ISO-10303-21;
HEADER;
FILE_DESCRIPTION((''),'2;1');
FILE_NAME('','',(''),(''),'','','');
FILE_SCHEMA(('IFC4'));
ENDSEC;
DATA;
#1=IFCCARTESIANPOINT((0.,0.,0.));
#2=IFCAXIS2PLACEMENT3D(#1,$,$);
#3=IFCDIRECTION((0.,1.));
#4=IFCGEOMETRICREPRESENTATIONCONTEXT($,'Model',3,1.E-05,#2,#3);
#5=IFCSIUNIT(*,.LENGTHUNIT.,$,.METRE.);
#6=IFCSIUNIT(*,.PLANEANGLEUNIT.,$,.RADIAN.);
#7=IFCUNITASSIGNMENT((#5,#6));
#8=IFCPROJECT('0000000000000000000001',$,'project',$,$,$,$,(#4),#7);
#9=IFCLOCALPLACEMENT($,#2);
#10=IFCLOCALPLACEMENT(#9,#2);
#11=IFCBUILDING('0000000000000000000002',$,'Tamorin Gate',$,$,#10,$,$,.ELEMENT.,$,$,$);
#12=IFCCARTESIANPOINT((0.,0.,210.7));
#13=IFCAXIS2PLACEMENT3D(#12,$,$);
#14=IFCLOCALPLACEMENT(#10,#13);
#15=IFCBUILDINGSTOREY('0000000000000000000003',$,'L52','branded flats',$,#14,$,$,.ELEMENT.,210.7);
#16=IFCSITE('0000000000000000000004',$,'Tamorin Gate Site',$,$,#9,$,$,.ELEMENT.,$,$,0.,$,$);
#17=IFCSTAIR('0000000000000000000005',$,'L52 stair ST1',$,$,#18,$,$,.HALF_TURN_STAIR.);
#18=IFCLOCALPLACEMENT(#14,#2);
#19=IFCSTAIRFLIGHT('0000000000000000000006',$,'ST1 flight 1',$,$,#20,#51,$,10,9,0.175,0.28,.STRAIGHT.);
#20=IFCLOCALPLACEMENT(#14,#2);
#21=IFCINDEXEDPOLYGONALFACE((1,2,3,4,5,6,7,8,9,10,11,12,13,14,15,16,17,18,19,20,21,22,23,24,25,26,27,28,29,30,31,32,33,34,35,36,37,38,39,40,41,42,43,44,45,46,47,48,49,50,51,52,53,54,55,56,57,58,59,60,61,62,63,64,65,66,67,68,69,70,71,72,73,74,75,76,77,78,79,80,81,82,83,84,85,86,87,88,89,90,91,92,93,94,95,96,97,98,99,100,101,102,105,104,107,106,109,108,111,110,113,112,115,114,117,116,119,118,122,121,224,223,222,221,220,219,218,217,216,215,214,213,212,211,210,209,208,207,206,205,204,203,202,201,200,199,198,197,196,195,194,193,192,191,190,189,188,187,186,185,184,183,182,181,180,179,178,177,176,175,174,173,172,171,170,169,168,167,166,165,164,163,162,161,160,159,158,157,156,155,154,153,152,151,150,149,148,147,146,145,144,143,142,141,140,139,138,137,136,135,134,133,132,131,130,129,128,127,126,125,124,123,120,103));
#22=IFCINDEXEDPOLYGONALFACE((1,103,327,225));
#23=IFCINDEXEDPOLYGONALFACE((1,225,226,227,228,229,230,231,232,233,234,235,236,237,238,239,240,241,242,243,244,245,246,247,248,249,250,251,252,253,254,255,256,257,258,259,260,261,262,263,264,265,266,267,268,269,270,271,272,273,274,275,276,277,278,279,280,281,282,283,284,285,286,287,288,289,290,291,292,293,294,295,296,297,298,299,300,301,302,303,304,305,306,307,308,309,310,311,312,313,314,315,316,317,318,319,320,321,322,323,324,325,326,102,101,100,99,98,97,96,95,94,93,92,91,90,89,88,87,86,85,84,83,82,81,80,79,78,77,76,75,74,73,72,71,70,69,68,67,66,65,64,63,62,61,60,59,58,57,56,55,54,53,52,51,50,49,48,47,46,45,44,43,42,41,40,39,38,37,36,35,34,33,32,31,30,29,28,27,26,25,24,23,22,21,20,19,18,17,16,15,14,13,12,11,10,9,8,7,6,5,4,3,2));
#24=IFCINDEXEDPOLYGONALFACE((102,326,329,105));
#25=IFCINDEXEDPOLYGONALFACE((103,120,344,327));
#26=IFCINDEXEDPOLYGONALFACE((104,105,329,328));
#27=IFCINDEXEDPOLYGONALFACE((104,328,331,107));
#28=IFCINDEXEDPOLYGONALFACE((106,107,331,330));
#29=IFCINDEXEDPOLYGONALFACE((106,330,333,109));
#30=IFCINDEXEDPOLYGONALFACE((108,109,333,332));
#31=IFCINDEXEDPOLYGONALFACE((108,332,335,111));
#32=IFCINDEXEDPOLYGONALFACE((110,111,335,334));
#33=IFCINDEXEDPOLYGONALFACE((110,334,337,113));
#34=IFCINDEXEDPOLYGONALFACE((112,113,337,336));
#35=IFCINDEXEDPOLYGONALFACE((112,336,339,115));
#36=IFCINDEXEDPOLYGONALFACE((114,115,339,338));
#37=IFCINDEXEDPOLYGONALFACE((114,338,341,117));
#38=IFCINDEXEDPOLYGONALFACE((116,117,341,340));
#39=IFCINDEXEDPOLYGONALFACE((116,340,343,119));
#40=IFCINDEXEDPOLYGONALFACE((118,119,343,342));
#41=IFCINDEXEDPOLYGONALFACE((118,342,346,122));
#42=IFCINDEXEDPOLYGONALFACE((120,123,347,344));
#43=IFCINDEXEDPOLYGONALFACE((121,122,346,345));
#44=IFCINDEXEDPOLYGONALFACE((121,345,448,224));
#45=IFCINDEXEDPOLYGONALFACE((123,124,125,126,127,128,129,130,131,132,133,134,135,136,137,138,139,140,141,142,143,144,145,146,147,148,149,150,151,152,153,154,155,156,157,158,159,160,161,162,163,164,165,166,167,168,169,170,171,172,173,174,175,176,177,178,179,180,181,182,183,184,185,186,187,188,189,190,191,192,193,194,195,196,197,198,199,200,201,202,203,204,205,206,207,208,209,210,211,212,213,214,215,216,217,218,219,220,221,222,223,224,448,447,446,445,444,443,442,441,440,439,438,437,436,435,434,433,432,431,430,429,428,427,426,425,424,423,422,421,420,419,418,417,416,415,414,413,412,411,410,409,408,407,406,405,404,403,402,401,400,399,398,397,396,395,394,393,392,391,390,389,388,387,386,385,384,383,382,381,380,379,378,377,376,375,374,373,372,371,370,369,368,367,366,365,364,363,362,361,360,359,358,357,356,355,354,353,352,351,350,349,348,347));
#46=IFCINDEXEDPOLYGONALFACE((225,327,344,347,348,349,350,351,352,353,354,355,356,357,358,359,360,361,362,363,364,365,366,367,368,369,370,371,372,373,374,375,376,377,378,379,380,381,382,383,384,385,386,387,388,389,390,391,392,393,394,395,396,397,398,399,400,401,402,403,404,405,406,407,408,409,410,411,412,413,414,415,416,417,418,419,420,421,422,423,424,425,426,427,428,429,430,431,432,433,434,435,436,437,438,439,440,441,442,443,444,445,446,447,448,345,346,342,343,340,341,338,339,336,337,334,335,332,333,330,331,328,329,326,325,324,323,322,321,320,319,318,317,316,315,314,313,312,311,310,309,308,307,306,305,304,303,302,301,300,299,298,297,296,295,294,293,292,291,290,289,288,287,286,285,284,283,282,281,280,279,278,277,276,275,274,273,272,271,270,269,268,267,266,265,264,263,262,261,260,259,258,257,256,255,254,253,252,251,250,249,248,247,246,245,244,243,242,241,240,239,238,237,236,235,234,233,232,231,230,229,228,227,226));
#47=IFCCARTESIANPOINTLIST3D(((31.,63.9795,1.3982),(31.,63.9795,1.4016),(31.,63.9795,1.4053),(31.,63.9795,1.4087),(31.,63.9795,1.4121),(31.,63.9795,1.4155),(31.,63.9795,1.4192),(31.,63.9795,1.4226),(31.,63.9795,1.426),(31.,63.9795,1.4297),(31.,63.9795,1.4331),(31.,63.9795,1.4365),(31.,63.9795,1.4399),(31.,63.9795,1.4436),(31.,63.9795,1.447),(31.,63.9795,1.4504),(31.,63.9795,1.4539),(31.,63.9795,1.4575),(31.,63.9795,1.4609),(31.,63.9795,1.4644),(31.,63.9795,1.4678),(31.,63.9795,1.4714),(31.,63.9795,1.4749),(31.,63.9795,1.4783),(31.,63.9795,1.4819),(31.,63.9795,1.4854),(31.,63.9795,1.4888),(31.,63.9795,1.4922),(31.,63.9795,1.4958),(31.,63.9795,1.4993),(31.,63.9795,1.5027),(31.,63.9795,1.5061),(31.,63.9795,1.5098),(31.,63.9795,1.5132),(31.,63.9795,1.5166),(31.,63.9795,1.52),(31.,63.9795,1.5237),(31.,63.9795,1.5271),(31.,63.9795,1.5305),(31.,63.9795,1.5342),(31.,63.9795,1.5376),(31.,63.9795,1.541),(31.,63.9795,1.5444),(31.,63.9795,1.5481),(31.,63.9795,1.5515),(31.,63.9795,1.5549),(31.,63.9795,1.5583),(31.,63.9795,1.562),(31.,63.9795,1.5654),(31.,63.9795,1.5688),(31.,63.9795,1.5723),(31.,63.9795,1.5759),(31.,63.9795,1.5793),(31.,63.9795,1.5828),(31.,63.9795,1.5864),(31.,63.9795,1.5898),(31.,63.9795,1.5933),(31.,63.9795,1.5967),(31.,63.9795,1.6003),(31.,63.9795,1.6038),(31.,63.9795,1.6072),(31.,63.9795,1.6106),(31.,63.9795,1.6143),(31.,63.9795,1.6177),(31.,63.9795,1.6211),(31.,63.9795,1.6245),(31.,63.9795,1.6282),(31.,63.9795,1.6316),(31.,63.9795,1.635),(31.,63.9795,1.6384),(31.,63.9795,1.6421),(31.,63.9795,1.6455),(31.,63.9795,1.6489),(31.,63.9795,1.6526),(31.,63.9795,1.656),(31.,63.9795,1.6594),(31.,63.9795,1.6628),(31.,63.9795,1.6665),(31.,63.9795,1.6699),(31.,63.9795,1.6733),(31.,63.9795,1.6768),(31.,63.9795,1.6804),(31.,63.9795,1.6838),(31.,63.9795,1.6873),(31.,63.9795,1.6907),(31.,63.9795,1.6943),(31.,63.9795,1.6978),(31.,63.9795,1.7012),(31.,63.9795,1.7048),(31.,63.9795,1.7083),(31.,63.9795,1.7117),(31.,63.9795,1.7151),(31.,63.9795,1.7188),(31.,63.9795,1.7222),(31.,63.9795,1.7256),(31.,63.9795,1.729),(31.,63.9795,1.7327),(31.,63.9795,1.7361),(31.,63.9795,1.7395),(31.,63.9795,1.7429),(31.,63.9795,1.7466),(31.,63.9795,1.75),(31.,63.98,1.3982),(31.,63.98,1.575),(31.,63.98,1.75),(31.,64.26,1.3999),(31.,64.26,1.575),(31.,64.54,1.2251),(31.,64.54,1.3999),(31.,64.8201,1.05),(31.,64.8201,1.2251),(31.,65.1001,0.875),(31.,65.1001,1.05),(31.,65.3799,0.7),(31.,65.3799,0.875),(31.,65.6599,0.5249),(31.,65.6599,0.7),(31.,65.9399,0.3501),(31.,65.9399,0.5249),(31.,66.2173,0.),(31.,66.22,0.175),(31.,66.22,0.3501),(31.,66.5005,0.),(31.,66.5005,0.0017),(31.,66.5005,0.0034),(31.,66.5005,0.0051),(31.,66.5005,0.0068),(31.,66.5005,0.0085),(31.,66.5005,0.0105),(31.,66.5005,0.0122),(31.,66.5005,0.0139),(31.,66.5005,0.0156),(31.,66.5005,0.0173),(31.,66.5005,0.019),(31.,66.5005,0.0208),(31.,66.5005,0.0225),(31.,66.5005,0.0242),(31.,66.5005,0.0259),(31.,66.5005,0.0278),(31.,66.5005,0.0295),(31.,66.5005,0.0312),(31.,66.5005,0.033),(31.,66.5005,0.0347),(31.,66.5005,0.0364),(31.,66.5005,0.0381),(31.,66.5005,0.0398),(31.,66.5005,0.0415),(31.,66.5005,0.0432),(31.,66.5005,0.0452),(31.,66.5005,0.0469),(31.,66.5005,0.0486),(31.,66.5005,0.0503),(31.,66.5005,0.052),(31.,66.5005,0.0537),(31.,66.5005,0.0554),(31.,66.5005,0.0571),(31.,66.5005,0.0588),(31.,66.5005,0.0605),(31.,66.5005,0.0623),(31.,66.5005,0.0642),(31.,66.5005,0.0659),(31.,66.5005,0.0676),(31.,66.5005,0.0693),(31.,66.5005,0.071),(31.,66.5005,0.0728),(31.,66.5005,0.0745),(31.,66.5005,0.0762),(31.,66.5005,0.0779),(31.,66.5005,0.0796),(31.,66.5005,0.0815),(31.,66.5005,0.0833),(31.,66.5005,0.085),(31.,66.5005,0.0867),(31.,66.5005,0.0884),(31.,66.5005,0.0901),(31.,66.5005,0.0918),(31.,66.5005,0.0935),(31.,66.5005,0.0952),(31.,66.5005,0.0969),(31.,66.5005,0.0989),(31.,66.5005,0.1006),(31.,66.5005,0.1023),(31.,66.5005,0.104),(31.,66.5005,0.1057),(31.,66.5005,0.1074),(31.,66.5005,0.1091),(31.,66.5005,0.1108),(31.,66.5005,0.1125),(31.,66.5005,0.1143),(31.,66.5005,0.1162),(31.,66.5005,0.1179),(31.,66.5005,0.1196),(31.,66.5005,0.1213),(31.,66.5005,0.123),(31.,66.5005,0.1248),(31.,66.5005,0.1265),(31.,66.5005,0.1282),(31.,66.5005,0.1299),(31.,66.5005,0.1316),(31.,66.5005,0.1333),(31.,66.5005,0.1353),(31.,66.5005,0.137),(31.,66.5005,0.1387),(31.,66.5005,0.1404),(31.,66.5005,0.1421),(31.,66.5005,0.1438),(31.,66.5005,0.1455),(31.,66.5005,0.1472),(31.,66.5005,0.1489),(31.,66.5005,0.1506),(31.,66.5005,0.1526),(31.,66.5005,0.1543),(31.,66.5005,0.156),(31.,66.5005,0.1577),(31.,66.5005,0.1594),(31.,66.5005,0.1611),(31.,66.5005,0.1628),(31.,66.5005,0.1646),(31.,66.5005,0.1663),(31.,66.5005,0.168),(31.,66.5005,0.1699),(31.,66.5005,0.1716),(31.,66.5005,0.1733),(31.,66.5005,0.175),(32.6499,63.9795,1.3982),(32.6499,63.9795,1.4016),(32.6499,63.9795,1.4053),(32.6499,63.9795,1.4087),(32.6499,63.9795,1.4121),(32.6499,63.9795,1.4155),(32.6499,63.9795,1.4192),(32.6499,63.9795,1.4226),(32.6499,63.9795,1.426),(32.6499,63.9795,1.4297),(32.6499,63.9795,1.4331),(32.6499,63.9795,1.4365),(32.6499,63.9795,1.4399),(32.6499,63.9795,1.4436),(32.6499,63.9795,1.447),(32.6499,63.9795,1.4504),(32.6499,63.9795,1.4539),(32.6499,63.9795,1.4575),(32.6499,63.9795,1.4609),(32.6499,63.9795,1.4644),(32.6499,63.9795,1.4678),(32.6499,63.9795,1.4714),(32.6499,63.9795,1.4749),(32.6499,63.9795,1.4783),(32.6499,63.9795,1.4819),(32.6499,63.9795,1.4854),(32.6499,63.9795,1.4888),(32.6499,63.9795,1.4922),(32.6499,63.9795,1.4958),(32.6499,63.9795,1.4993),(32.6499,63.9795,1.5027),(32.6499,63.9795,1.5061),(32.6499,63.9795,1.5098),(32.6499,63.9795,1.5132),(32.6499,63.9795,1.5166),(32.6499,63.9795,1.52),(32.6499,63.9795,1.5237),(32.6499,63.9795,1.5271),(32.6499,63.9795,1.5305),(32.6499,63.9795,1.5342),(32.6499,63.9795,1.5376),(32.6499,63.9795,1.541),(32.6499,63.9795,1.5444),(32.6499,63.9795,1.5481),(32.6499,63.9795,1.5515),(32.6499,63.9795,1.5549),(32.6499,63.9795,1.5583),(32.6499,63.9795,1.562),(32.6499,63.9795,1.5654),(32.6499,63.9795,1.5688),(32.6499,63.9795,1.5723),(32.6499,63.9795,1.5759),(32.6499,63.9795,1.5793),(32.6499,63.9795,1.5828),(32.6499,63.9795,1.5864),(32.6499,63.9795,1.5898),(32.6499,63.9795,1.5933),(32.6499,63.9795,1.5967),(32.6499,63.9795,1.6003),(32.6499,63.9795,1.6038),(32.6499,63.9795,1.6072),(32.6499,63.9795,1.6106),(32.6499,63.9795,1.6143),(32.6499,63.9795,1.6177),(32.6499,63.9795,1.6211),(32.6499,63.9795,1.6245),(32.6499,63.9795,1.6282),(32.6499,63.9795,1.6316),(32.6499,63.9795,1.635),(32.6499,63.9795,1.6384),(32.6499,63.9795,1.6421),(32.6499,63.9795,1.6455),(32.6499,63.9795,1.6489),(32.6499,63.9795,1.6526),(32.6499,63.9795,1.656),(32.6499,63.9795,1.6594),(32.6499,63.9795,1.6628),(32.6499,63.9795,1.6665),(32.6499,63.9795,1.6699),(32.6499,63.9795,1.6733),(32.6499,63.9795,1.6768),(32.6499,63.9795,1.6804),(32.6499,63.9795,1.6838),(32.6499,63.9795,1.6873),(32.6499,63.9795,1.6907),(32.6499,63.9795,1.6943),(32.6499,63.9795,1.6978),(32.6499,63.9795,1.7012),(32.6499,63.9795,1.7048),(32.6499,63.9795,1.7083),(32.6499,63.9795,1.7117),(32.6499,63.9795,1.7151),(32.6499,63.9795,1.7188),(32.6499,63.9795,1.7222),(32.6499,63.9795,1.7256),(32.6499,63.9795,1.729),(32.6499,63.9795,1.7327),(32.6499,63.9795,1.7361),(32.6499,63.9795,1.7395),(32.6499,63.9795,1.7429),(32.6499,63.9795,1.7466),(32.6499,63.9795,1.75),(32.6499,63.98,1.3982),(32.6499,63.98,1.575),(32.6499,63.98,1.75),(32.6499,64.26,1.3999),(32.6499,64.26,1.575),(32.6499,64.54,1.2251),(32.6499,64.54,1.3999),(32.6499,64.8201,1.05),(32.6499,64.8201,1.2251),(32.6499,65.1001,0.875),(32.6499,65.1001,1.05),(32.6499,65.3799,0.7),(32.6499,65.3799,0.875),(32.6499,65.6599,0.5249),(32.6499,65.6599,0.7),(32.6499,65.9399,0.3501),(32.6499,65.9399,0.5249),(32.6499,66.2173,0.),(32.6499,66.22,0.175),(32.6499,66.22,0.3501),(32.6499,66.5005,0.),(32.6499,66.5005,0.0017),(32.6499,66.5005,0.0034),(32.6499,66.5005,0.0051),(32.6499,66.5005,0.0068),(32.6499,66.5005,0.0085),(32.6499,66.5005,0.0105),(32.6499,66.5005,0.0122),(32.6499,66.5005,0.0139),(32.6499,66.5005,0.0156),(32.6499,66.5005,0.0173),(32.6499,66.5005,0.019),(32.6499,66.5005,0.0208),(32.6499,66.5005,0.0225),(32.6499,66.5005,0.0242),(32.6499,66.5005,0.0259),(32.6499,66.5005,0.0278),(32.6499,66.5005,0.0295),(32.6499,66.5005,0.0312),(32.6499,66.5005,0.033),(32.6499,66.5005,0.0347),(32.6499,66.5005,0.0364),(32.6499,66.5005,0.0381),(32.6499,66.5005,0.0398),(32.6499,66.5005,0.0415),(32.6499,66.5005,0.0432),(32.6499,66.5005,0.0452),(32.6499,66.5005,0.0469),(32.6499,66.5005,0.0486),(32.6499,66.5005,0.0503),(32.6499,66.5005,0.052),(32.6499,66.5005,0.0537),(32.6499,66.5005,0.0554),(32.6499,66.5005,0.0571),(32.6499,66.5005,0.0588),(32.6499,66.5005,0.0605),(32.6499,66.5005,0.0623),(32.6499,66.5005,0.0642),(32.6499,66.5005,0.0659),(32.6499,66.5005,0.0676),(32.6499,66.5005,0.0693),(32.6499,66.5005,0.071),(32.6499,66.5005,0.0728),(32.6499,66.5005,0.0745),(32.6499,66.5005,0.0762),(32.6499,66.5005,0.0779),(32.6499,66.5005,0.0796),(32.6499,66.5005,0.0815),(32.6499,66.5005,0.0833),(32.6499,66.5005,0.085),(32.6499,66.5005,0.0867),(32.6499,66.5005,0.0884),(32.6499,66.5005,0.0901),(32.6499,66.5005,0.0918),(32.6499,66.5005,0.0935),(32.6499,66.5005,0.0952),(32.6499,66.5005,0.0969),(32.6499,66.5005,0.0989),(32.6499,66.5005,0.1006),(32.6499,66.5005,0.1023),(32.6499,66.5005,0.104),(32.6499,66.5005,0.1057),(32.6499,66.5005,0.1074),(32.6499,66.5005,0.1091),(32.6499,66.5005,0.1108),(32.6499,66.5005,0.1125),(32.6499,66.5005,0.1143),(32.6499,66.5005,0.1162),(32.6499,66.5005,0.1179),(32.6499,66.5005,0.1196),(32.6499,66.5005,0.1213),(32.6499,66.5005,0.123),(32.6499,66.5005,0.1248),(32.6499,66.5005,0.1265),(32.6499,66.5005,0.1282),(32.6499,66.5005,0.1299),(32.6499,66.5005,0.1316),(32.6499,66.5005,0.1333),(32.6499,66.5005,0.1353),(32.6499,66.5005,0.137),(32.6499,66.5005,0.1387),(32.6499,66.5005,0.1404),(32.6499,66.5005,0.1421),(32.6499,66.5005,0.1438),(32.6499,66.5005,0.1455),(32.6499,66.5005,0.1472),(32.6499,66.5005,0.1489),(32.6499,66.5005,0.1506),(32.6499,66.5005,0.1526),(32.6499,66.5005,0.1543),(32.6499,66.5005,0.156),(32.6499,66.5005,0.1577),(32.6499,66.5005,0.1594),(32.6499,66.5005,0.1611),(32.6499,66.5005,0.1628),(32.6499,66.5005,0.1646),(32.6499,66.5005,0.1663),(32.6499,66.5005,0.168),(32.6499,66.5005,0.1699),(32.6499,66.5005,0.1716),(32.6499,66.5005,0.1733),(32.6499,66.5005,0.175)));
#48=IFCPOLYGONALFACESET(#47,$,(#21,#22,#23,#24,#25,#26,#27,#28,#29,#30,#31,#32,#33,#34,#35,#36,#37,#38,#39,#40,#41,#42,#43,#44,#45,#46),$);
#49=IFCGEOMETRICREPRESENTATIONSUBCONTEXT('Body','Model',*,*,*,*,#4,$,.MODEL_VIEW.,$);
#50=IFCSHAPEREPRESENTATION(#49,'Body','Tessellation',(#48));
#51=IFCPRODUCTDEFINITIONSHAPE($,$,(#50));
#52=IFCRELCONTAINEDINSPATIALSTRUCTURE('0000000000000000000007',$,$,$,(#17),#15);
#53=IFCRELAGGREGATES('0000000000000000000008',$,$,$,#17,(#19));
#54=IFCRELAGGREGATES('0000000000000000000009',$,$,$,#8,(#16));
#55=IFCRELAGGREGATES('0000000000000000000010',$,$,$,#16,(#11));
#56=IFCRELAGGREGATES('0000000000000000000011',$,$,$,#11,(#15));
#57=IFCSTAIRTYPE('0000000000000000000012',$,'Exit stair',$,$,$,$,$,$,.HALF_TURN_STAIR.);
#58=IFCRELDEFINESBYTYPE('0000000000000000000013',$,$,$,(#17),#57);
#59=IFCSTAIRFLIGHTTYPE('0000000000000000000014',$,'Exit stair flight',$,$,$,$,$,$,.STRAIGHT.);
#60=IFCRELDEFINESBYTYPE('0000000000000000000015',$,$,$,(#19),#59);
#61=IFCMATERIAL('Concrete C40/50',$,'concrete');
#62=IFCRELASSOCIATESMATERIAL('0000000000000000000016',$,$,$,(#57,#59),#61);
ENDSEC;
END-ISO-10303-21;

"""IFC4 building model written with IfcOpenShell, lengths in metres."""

from ifc_helpers import new_model, si_unit, direction, frame, origin, place, context, subcontext, project, spatial, polyline, outline, extrude, material, type_object, element, aggregate, save


model = new_model("IFC4")

# Units and contexts
model_context = context("Model", 3, precision=1e-05, world=origin(), true_north=direction((0.0, 1.0)))
body_context = subcontext(model_context, "Body", "Model", "MODEL_VIEW")
ifc_project = project(units=[si_unit("LENGTHUNIT", "METRE"), si_unit("PLANEANGLEUNIT", "RADIAN")], contexts=[model_context])

# Site, building, storey
site_placement = place(None, origin())
site = spatial("IfcSite", under=ifc_project, at=site_placement, Name="Tamorin Gate Site", CompositionType="ELEMENT", RefElevation=0.0)
building_placement = place(site_placement, origin())
building = spatial("IfcBuilding", under=site, at=building_placement, Name="Tamorin Gate", CompositionType="ELEMENT")
storey_placement = place(building_placement, frame((0.0, 0.0, 210.7)))
storey = spatial("IfcBuildingStorey", under=building, at=storey_placement, Name="L52", Description="branded flats", CompositionType="ELEMENT", Elevation=210.7)

# Shared definitions
ifc_material_1 = material(Name="Concrete C40/50", Category="concrete")

# Stair, stair flight
stair_type = type_object("IfcStairType", Name="Exit stair", PredefinedType="HALF_TURN_STAIR", material=ifc_material_1)
stair_1_placement = place(storey_placement, origin())
stair_1 = element("IfcStair", 1, at=stair_1_placement, inside=storey, type_object=stair_type, Name="L52 stair ST1", PredefinedType="HALF_TURN_STAIR")
stair_flight_type = type_object("IfcStairFlightType", Name="Exit stair flight", PredefinedType="STRAIGHT", material=ifc_material_1)
stair_flight_1_placement = place(storey_placement, frame((31.825, 66.5, 0.0), z_axis=(0.0, 0.0, 1.0), x_axis=(0.0, -1.0, 0.0)))
stair_flight_1 = element("IfcStairFlight", 2, at=stair_flight_1_placement, type_object=stair_flight_type, Name="ST1 flight 1", NumberOfRisers=10, NumberOfTreads=9, PredefinedType="STRAIGHT", RiserHeight=0.175, TreadLength=0.28, context=body_context, shape_type="SweptSolid", body=[
    extrude(outline(polyline([(-0.0005, 0.0), (-0.0005, 0.0017), (-0.0005, 0.0034), (-0.0005, 0.0051), (-0.0005, 0.0068), (-0.0005, 0.0085), (-0.0005, 0.0105), (-0.0005, 0.0122), (-0.0005, 0.0139), (-0.0005, 0.0156), (-0.0005, 0.0173), (-0.0005, 0.019), (-0.0005, 0.0208), (-0.0005, 0.0225), (-0.0005, 0.0242), (-0.0005, 0.0259), (-0.0005, 0.0278), (-0.0005, 0.0295), (-0.0005, 0.0312), (-0.0005, 0.033), (-0.0005, 0.0347), (-0.0005, 0.0364), (-0.0005, 0.0381), (-0.0005, 0.0398), (-0.0005, 0.0415), (-0.0005, 0.0432), (-0.0005, 0.0452), (-0.0005, 0.0469), (-0.0005, 0.0486), (-0.0005, 0.0503), (-0.0005, 0.052), (-0.0005, 0.0537), (-0.0005, 0.0554), (-0.0005, 0.0571), (-0.0005, 0.0588), (-0.0005, 0.0605), (-0.0005, 0.0623), (-0.0005, 0.0642), (-0.0005, 0.0659), (-0.0005, 0.0676), (-0.0005, 0.0693), (-0.0005, 0.071), (-0.0005, 0.0728), (-0.0005, 0.0745), (-0.0005, 0.0762), (-0.0005, 0.0779), (-0.0005, 0.0796), (-0.0005, 0.0815), (-0.0005, 0.0833), (-0.0005, 0.085), (-0.0005, 0.0867), (-0.0005, 0.0884), (-0.0005, 0.0901), (-0.0005, 0.0918), (-0.0005, 0.0935), (-0.0005, 0.0952), (-0.0005, 0.0969), (-0.0005, 0.0989), (-0.0005, 0.1006), (-0.0005, 0.1023), (-0.0005, 0.104), (-0.0005, 0.1057), (-0.0005, 0.1074), (-0.0005, 0.1091), (-0.0005, 0.1108), (-0.0005, 0.1125), (-0.0005, 0.1143), (-0.0005, 0.1162), (-0.0005, 0.1179), (-0.0005, 0.1196), (-0.0005, 0.1213), (-0.0005, 0.123), (-0.0005, 0.1248), (-0.0005, 0.1265), (-0.0005, 0.1282), (-0.0005, 0.1299), (-0.0005, 0.1316), (-0.0005, 0.1333), (-0.0005, 0.1353), (-0.0005, 0.137), (-0.0005, 0.1387), (-0.0005, 0.1404), (-0.0005, 0.1421), (-0.0005, 0.1438), (-0.0005, 0.1455), (-0.0005, 0.1472), (-0.0005, 0.1489), (-0.0005, 0.1506), (-0.0005, 0.1526), (-0.0005, 0.1543), (-0.0005, 0.156), (-0.0005, 0.1577), (-0.0005, 0.1594), (-0.0005, 0.1611), (-0.0005, 0.1628), (-0.0005, 0.1646), (-0.0005, 0.1663), (-0.0005, 0.168), (-0.0005, 0.1699), (-0.0005, 0.1716), (-0.0005, 0.1733), (-0.0005, 0.175), (0.28, 0.175), (0.28, 0.3501), (0.5601, 0.3501), (0.5601, 0.5249), (0.8401, 0.5249), (0.8401, 0.7), (1.1201, 0.7), (1.1201, 0.875), (1.3999, 0.875), (1.3999, 1.05), (1.6799, 1.05), (1.6799, 1.2251), (1.96, 1.2251), (1.96, 1.3999), (2.24, 1.3999), (2.24, 1.575), (2.52, 1.575), (2.52, 1.75), (2.5205, 1.75), (2.5205, 1.7466), (2.5205, 1.7429), (2.5205, 1.7395), (2.5205, 1.7361), (2.5205, 1.7327), (2.5205, 1.729), (2.5205, 1.7256), (2.5205, 1.7222), (2.5205, 1.7188), (2.5205, 1.7151), (2.5205, 1.7117), (2.5205, 1.7083), (2.5205, 1.7048), (2.5205, 1.7012), (2.5205, 1.6978), (2.5205, 1.6943), (2.5205, 1.6907), (2.5205, 1.6873), (2.5205, 1.6838), (2.5205, 1.6804), (2.5205, 1.6768), (2.5205, 1.6733), (2.5205, 1.6699), (2.5205, 1.6665), (2.5205, 1.6628), (2.5205, 1.6594), (2.5205, 1.656), (2.5205, 1.6526), (2.5205, 1.6489), (2.5205, 1.6455), (2.5205, 1.6421), (2.5205, 1.6384), (2.5205, 1.635), (2.5205, 1.6316), (2.5205, 1.6282), (2.5205, 1.6245), (2.5205, 1.6211), (2.5205, 1.6177), (2.5205, 1.6143), (2.5205, 1.6106), (2.5205, 1.6072), (2.5205, 1.6038), (2.5205, 1.6003), (2.5205, 1.5967), (2.5205, 1.5933), (2.5205, 1.5898), (2.5205, 1.5864), (2.5205, 1.5828), (2.5205, 1.5793), (2.5205, 1.5759), (2.5205, 1.5723), (2.5205, 1.5688), (2.5205, 1.5654), (2.5205, 1.562), (2.5205, 1.5583), (2.5205, 1.5549), (2.5205, 1.5515), (2.5205, 1.5481), (2.5205, 1.5444), (2.5205, 1.541), (2.5205, 1.5376), (2.5205, 1.5342), (2.5205, 1.5305), (2.5205, 1.5271), (2.5205, 1.5237), (2.5205, 1.52), (2.5205, 1.5166), (2.5205, 1.5132), (2.5205, 1.5098), (2.5205, 1.5061), (2.5205, 1.5027), (2.5205, 1.4993), (2.5205, 1.4958), (2.5205, 1.4922), (2.5205, 1.4888), (2.5205, 1.4854), (2.5205, 1.4819), (2.5205, 1.4783), (2.5205, 1.4749), (2.5205, 1.4714), (2.5205, 1.4678), (2.5205, 1.4644), (2.5205, 1.4609), (2.5205, 1.4575), (2.5205, 1.4539), (2.5205, 1.4504), (2.5205, 1.447), (2.5205, 1.4436), (2.5205, 1.4399), (2.5205, 1.4365), (2.5205, 1.4331), (2.5205, 1.4297), (2.5205, 1.426), (2.5205, 1.4226), (2.5205, 1.4192), (2.5205, 1.4155), (2.5205, 1.4121), (2.5205, 1.4087), (2.5205, 1.4053), (2.5205, 1.4016), (2.5205, 1.3982), (2.52, 1.3982), (0.2827, 0.0), (-0.0005, 0.0)])), frame((0.0, 0.825, 0.0), z_axis=(0.0, -1.0, 0.0), x_axis=(1.0, 0.0, 0.0)), (0.0, 0.0, 1.0), 1.6499),
])
aggregate(stair_1, [stair_flight_1])

save(model, "model.ifc")
